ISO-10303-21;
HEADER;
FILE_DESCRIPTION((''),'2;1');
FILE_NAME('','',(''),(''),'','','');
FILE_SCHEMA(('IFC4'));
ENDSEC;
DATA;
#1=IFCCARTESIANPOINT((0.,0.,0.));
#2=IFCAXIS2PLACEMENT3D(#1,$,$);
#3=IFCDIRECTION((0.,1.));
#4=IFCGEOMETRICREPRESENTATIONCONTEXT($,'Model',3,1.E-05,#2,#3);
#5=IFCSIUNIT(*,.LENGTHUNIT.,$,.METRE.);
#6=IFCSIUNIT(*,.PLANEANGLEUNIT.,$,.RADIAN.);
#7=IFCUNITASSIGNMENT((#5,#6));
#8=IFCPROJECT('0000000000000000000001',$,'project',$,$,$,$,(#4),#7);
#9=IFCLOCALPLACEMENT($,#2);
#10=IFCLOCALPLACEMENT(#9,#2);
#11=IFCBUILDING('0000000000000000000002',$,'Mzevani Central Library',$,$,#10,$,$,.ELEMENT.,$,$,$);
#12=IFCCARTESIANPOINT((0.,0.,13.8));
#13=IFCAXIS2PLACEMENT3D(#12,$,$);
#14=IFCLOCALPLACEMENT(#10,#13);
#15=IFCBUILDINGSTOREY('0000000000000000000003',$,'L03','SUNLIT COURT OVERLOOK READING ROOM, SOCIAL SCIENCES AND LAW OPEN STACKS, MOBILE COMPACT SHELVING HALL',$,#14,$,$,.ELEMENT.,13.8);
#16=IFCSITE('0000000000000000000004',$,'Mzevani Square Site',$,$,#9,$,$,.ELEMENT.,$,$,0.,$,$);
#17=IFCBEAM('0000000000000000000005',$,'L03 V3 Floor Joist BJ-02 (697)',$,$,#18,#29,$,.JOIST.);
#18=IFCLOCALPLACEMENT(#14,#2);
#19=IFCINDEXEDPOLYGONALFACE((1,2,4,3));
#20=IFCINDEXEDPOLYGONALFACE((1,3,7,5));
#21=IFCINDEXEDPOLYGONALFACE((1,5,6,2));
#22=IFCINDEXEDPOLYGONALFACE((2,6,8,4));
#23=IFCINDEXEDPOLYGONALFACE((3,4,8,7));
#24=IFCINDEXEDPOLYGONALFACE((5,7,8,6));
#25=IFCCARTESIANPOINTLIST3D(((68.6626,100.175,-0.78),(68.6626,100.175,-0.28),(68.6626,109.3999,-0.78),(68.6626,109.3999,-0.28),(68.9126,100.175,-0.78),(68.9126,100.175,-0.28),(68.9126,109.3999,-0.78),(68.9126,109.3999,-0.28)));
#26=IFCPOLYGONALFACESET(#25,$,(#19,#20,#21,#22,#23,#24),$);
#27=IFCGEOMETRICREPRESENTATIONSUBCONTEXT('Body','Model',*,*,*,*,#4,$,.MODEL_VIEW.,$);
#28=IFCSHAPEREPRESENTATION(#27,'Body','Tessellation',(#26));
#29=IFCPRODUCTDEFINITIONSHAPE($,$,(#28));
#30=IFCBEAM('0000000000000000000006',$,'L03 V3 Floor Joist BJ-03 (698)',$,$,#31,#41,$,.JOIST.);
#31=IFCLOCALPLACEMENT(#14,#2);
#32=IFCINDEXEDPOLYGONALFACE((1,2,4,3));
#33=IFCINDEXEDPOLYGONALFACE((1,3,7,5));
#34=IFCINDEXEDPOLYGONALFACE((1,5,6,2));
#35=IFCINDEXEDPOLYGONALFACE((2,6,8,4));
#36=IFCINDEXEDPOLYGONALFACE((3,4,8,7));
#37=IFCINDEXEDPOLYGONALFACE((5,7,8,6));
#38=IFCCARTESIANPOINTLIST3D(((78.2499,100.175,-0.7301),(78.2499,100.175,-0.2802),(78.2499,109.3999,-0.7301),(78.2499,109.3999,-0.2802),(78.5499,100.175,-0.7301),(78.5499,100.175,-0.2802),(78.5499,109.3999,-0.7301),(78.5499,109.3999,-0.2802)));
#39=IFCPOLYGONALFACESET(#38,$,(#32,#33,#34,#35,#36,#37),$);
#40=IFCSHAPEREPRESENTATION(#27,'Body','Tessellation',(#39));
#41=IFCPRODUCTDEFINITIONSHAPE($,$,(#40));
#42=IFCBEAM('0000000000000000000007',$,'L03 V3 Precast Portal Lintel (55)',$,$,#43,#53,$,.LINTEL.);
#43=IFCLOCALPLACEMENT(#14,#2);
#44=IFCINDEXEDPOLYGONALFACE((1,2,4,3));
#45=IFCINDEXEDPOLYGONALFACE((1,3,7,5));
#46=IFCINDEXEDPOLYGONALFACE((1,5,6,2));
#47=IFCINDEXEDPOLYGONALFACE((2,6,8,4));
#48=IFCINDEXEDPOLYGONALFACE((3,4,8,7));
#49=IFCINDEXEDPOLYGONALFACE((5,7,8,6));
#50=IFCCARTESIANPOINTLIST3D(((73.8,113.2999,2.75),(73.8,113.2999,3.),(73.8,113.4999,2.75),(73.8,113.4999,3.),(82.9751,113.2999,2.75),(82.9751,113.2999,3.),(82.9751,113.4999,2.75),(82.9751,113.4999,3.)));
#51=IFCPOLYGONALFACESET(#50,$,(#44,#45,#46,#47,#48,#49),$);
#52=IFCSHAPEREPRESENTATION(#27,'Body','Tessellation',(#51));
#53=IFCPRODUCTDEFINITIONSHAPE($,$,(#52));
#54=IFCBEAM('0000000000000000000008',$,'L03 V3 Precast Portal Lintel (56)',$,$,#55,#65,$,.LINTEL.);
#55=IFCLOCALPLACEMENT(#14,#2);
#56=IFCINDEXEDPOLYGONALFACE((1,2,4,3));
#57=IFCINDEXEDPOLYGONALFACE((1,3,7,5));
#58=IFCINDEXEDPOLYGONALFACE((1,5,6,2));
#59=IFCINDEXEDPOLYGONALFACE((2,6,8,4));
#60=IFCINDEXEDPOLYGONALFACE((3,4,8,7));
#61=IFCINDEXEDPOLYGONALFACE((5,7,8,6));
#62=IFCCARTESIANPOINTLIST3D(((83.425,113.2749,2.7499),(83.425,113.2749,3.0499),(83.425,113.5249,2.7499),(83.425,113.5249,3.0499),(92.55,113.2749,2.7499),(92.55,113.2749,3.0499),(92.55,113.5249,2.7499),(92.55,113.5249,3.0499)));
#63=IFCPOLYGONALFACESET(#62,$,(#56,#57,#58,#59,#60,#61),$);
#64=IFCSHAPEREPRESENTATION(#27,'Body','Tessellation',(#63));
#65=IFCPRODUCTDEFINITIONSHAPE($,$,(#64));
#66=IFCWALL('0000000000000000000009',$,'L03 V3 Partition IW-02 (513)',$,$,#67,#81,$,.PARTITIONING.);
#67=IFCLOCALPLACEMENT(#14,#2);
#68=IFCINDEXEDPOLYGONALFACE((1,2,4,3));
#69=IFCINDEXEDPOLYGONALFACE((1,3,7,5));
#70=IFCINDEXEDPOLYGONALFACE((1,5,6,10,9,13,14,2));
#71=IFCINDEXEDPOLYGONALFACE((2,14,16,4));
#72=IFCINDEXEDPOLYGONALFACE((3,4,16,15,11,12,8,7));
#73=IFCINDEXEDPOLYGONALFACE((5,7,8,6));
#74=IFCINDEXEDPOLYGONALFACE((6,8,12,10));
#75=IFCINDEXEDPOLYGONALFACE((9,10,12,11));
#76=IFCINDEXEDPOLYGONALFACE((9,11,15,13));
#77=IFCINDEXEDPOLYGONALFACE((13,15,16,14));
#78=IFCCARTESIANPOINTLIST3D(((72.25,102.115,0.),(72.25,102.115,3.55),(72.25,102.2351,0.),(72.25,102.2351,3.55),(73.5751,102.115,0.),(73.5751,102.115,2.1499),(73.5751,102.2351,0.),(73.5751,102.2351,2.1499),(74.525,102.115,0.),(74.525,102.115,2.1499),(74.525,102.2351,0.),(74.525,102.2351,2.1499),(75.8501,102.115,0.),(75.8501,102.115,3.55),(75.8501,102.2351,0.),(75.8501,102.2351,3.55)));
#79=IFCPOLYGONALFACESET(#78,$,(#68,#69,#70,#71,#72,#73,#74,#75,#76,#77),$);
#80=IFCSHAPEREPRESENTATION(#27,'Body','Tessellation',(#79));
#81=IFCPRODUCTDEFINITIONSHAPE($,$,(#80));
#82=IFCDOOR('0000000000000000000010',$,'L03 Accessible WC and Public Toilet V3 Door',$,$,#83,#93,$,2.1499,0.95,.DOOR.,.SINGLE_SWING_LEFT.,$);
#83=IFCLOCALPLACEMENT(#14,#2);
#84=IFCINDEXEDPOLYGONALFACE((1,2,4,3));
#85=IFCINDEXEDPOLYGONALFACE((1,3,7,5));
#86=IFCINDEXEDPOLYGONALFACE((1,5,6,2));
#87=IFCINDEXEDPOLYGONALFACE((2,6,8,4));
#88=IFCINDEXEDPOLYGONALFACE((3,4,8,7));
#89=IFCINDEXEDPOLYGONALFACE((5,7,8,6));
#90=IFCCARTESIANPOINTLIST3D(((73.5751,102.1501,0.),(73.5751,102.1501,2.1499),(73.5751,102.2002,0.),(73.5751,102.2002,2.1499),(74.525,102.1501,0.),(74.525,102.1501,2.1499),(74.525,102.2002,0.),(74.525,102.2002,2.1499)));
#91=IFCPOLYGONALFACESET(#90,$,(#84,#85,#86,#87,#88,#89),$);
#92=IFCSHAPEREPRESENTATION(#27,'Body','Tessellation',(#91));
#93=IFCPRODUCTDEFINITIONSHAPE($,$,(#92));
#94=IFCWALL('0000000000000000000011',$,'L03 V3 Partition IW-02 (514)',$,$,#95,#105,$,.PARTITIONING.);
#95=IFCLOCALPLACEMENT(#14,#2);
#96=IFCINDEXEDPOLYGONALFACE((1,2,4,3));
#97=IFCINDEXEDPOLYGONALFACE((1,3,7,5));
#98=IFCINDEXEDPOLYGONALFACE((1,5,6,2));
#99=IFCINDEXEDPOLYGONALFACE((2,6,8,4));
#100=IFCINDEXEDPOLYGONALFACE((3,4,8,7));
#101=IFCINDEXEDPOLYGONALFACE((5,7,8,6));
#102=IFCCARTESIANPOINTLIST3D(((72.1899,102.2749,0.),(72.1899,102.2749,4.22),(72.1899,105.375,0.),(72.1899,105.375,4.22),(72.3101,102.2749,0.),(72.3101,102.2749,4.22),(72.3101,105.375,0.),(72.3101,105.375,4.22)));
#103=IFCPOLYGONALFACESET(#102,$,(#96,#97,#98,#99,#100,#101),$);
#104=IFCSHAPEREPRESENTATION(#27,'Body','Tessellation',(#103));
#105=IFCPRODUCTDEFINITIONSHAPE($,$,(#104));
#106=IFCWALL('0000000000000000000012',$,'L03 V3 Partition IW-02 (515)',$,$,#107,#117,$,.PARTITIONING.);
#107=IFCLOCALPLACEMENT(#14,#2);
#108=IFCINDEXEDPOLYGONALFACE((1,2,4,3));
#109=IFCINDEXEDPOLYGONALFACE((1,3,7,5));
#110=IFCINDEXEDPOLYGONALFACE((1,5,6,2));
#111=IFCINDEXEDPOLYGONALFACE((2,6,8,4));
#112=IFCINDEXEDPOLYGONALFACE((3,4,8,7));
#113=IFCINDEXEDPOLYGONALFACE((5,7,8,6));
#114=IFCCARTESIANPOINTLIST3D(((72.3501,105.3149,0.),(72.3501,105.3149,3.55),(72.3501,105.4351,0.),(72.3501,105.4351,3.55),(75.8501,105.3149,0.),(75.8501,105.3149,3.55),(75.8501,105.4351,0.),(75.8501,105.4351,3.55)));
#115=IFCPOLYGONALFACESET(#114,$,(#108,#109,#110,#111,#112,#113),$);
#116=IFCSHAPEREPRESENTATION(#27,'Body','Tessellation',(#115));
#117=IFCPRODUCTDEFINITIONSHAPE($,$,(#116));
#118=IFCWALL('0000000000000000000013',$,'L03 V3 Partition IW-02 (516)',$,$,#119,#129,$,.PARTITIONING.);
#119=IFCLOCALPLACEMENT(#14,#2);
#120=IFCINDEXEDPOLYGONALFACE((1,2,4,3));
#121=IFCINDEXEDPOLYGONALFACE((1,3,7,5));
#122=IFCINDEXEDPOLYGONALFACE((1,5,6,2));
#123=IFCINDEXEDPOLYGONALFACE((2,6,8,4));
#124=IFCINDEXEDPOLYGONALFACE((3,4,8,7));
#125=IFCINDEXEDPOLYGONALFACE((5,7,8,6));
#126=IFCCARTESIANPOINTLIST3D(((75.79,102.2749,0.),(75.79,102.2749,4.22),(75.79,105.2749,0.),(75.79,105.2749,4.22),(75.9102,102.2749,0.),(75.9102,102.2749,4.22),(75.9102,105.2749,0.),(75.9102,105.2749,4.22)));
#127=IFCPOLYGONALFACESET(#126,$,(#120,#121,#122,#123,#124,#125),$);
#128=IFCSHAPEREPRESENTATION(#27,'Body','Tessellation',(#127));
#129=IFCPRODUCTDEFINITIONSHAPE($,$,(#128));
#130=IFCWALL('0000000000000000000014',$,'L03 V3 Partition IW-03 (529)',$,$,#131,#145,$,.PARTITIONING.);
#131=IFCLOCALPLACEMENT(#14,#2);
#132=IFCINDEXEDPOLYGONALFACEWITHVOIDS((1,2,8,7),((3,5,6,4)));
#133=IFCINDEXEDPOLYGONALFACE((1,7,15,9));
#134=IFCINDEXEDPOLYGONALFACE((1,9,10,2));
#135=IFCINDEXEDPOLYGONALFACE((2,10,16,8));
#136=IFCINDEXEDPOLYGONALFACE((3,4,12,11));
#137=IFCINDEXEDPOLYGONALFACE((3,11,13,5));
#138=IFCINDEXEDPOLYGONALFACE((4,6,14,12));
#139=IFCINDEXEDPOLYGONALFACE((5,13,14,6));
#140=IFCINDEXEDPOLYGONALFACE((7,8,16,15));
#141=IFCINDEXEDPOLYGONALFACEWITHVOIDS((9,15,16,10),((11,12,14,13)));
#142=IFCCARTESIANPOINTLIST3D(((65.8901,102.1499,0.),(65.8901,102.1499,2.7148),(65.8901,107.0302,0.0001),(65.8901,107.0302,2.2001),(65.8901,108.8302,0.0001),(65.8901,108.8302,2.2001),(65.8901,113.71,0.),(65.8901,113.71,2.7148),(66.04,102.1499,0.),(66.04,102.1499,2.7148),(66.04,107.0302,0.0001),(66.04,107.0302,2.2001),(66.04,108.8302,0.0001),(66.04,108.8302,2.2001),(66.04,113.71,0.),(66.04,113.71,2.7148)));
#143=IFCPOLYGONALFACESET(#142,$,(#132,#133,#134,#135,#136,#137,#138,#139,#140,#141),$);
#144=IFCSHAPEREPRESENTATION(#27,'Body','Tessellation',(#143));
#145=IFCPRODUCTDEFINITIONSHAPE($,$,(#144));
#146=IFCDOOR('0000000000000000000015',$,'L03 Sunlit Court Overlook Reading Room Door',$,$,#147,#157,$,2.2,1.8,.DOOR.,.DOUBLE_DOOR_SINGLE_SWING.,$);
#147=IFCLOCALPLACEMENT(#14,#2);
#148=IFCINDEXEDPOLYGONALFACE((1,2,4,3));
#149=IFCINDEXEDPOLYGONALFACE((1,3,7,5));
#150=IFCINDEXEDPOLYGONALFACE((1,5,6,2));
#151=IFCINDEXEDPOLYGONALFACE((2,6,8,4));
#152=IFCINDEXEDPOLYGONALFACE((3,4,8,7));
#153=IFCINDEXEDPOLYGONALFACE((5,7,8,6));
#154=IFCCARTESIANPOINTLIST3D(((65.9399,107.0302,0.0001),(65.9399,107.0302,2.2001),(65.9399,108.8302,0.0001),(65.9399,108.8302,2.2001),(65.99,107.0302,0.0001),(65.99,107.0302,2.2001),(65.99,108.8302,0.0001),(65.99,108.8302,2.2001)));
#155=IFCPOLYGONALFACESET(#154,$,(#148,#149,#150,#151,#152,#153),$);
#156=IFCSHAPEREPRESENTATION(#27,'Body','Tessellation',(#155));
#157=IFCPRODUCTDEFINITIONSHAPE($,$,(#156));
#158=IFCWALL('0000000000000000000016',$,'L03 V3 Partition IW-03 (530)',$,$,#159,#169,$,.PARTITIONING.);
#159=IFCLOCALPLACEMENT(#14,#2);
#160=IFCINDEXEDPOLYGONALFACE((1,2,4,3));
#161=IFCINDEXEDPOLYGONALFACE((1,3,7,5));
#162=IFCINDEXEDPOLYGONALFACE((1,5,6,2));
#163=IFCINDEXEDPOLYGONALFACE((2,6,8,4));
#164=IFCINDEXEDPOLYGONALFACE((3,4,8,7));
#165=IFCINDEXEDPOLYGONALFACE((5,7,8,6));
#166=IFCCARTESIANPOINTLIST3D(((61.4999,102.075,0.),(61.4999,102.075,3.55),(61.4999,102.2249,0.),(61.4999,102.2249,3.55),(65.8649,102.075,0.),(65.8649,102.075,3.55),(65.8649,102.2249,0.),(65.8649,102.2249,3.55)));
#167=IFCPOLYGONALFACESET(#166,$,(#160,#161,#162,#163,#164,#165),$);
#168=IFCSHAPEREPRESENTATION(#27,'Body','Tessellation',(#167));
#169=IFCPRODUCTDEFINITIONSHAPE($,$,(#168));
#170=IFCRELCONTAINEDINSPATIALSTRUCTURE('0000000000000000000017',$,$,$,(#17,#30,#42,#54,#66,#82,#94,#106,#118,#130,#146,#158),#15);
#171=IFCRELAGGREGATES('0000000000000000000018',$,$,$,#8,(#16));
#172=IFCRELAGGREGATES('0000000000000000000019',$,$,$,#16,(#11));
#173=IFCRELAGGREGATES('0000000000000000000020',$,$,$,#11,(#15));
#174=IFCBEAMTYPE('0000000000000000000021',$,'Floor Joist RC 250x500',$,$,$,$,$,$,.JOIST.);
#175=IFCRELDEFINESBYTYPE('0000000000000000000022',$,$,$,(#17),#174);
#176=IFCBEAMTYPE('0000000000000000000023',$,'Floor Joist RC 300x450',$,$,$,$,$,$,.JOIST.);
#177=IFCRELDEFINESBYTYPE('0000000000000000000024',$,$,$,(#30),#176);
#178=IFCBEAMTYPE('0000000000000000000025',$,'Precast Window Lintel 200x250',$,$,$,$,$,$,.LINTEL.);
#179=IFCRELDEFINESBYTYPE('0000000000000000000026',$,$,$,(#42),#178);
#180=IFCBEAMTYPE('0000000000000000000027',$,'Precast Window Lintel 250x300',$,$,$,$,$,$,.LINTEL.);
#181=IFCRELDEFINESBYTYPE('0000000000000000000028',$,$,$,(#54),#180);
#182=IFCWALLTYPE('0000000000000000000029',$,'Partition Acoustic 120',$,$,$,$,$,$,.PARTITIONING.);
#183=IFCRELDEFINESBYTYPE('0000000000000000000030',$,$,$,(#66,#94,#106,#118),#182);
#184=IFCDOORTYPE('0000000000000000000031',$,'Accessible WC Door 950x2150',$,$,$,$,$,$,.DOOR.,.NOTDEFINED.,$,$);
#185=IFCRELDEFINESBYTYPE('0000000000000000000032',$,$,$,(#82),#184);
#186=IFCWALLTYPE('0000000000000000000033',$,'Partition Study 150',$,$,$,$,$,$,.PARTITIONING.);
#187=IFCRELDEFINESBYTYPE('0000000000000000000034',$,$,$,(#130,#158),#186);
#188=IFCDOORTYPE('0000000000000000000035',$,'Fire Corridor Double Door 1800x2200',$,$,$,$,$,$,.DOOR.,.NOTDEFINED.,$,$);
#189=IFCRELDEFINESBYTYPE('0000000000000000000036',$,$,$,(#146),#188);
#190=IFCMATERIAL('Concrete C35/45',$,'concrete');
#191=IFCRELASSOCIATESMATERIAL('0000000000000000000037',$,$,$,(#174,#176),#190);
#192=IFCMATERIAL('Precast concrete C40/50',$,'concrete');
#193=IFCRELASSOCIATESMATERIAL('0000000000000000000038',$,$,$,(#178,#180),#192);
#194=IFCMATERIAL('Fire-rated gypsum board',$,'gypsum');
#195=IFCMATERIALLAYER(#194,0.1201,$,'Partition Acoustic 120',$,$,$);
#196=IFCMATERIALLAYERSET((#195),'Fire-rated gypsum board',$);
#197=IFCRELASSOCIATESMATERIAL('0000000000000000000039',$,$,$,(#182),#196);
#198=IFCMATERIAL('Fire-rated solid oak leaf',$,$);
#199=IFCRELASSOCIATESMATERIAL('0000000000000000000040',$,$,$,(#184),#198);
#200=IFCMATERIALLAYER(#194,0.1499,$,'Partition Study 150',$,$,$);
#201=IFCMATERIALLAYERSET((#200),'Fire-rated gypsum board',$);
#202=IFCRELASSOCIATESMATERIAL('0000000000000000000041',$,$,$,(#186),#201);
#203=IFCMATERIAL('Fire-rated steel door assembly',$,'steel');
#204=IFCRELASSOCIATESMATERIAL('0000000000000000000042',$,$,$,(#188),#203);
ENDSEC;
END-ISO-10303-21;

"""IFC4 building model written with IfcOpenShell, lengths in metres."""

from ifc_helpers import new_model, si_unit, direction, frame, frame_2d, origin, origin_2d, place, context, subcontext, project, spatial, rectangle, extrude, material, layer, layer_set, material_profile, profile_set, type_object, element, fill, save


model = new_model("IFC4")

# Units and contexts
model_context = context("Model", 3, precision=1e-05, world=origin(), true_north=direction((0.0, 1.0)))
body_context = subcontext(model_context, "Body", "Model", "MODEL_VIEW")
ifc_project = project(units=[si_unit("LENGTHUNIT", "METRE"), si_unit("PLANEANGLEUNIT", "RADIAN")], contexts=[model_context])

# Site, building, storey
site_placement = place(None, origin())
site = spatial("IfcSite", under=ifc_project, at=site_placement, Name="Mzevani Square Site", CompositionType="ELEMENT", RefElevation=0.0)
building_placement = place(site_placement, origin())
building = spatial("IfcBuilding", under=site, at=building_placement, Name="Mzevani Central Library", CompositionType="ELEMENT")
storey_placement = place(building_placement, frame((0.0, 0.0, 13.8)))
storey = spatial("IfcBuildingStorey", under=building, at=storey_placement, Name="L03", Description="SUNLIT COURT OVERLOOK READING ROOM, SOCIAL SCIENCES AND LAW OPEN STACKS, MOBILE COMPACT SHELVING HALL", CompositionType="ELEMENT", Elevation=13.8)

# Beams
ifc_material_1 = material(Name="Concrete C35/45", Category="concrete")
ifc_material_profile_1 = material_profile(ifc_material_1, rectangle(XDim=0.25, YDim=0.5, at=origin_2d()), Name="RC J250x500")
ifc_profile_set_1 = profile_set([ifc_material_profile_1], Name="Concrete C35/45")
beam_type_1 = type_object("IfcBeamType", Name="Floor Joist RC 250x500", PredefinedType="JOIST", material=ifc_profile_set_1)
beam_1_placement = place(storey_placement, frame((68.7876, 100.175, -0.53), z_axis=(0.0, 1.0, 0.0), x_axis=(-1.0, 0.0, 0.0)))
element("IfcBeam", 1, at=beam_1_placement, inside=storey, type_object=beam_type_1, Name="L03 V3 Floor Joist BJ-02 (697)", PredefinedType="JOIST", context=body_context, shape_type="SweptSolid", body=[
    extrude(rectangle(XDim=0.25, YDim=0.5, at=origin_2d()), origin(), (0.0, 0.0, 1.0), 9.2249),
])
ifc_material_profile_2 = material_profile(ifc_material_1, rectangle(XDim=0.3, YDim=0.45, at=origin_2d()), Name="RC J300x450")
ifc_profile_set_2 = profile_set([ifc_material_profile_2], Name="Concrete C35/45")
beam_type_2 = type_object("IfcBeamType", Name="Floor Joist RC 300x450", PredefinedType="JOIST", material=ifc_profile_set_2)
beam_2_placement = place(storey_placement, frame((78.3999, 100.175, -0.5051), z_axis=(0.0, 1.0, 0.0), x_axis=(-1.0, 0.0, 0.0)))
element("IfcBeam", 2, at=beam_2_placement, inside=storey, type_object=beam_type_2, Name="L03 V3 Floor Joist BJ-03 (698)", PredefinedType="JOIST", context=body_context, shape_type="SweptSolid", body=[
    extrude(rectangle(XDim=0.3, YDim=0.45, at=origin_2d()), origin(), (0.0, 0.0, 1.0), 9.2249),
])
ifc_material_2 = material(Name="Precast concrete C40/50", Category="concrete")
ifc_material_profile_3 = material_profile(ifc_material_2, rectangle(XDim=0.2, YDim=0.25, at=origin_2d()), Name="PC LN200x250")
ifc_profile_set_3 = profile_set([ifc_material_profile_3], Name="Precast concrete C40/50")
beam_type_3 = type_object("IfcBeamType", Name="Precast Window Lintel 200x250", PredefinedType="LINTEL", material=ifc_profile_set_3)
beam_3_placement = place(storey_placement, frame((73.8, 113.3999, 2.875), z_axis=(1.0, 0.0, 0.0), x_axis=(0.0, 1.0, 0.0)))
element("IfcBeam", 3, at=beam_3_placement, inside=storey, type_object=beam_type_3, Name="L03 V3 Precast Portal Lintel (55)", PredefinedType="LINTEL", context=body_context, shape_type="SweptSolid", body=[
    extrude(rectangle(XDim=0.2, YDim=0.25, at=origin_2d()), origin(), (0.0, 0.0, 1.0), 9.175),
])
ifc_material_profile_4 = material_profile(ifc_material_2, rectangle(XDim=0.25, YDim=0.3, at=origin_2d()), Name="PC LN250x300")
ifc_profile_set_4 = profile_set([ifc_material_profile_4], Name="Precast concrete C40/50")
beam_type_4 = type_object("IfcBeamType", Name="Precast Window Lintel 250x300", PredefinedType="LINTEL", material=ifc_profile_set_4)
beam_4_placement = place(storey_placement, frame((83.425, 113.3999, 2.8999), z_axis=(1.0, 0.0, 0.0), x_axis=(0.0, 1.0, 0.0)))
element("IfcBeam", 4, at=beam_4_placement, inside=storey, type_object=beam_type_4, Name="L03 V3 Precast Portal Lintel (56)", PredefinedType="LINTEL", context=body_context, shape_type="SweptSolid", body=[
    extrude(rectangle(XDim=0.25, YDim=0.3, at=origin_2d()), origin(), (0.0, 0.0, 1.0), 9.125),
])

# Wall, opening, door
ifc_material_3 = material(Name="Fire-rated gypsum board", Category="gypsum")
ifc_layer_1 = layer(ifc_material_3, 0.1201, Name="Partition Acoustic 120")
ifc_layer_set_1 = layer_set([ifc_layer_1], Name="Fire-rated gypsum board")
wall_type_1 = type_object("IfcWallType", Name="Partition Acoustic 120", PredefinedType="PARTITIONING", material=ifc_layer_set_1)
wall_1_placement = place(storey_placement, frame((75.8501, 102.175, 0.0), z_axis=(0.0, 0.0, 1.0), x_axis=(-1.0, 0.0, 0.0)))
wall_1 = element("IfcWall", 5, at=wall_1_placement, inside=storey, type_object=wall_type_1, Name="L03 V3 Partition IW-02 (513)", PredefinedType="PARTITIONING", context=body_context, shape_type="SweptSolid", body=[
    extrude(rectangle(XDim=3.6001, YDim=0.1201, at=frame_2d((1.8, 0.0))), origin(), (0.0, 0.0, 1.0), 3.55),
])
opening_1_placement = place(wall_1_placement, frame((1.325, 0.0, 0.0)))
opening_1 = element("IfcOpeningElement", 6, at=opening_1_placement, cuts=wall_1, PredefinedType="OPENING", context=body_context, shape_type="SweptSolid", body=[
    extrude(rectangle(XDim=0.95, YDim=2.1499, at=frame_2d((0.4751, 1.075))), frame((0.0, 0.0701, 0.0), z_axis=(0.0, -1.0, 0.0), x_axis=(1.0, 0.0, 0.0)), (0.0, 0.0, 1.0), 0.1401),
])
ifc_material_4 = material(Name="Fire-rated solid oak leaf")
door_type_1 = type_object("IfcDoorType", Name="Accessible WC Door 950x2150", OperationType="NOTDEFINED", PredefinedType="DOOR", material=ifc_material_4)
door_1_placement = place(opening_1_placement, origin())
door_1 = element("IfcDoor", 7, at=door_1_placement, inside=storey, type_object=door_type_1, Name="L03 Accessible WC and Public Toilet V3 Door", OperationType="SINGLE_SWING_LEFT", OverallHeight=2.1499, OverallWidth=0.95, PredefinedType="DOOR", context=body_context, shape_type="SweptSolid", body=[
    extrude(rectangle(XDim=0.95, YDim=2.1499, at=frame_2d((0.4751, 1.075))), frame((0.0, 0.0249, 0.0), z_axis=(0.0, -1.0, 0.0), x_axis=(1.0, 0.0, 0.0)), (0.0, 0.0, 1.0), 0.05),
])
fill(opening_1, door_1)

# Walls
wall_2_placement = place(storey_placement, frame((72.25, 102.2749, 0.0), z_axis=(0.0, 0.0, 1.0), x_axis=(0.0, 1.0, 0.0)))
element("IfcWall", 8, at=wall_2_placement, inside=storey, type_object=wall_type_1, Name="L03 V3 Partition IW-02 (514)", PredefinedType="PARTITIONING", context=body_context, shape_type="SweptSolid", body=[
    extrude(rectangle(XDim=3.1001, YDim=0.1201, at=frame_2d((1.55, 0.0))), origin(), (0.0, 0.0, 1.0), 4.22),
])
wall_3_placement = place(storey_placement, frame((72.3501, 105.375, 0.0), z_axis=(0.0, 0.0, 1.0), x_axis=(1.0, 0.0, 0.0)))
element("IfcWall", 9, at=wall_3_placement, inside=storey, type_object=wall_type_1, Name="L03 V3 Partition IW-02 (515)", PredefinedType="PARTITIONING", context=body_context, shape_type="SweptSolid", body=[
    extrude(rectangle(XDim=3.5, YDim=0.1201, at=frame_2d((1.75, 0.0))), origin(), (0.0, 0.0, 1.0), 3.55),
])
wall_4_placement = place(storey_placement, frame((75.8501, 105.2749, 0.0), z_axis=(0.0, 0.0, 1.0), x_axis=(0.0, -1.0, 0.0)))
element("IfcWall", 10, at=wall_4_placement, inside=storey, type_object=wall_type_1, Name="L03 V3 Partition IW-02 (516)", PredefinedType="PARTITIONING", context=body_context, shape_type="SweptSolid", body=[
    extrude(rectangle(XDim=3.0, YDim=0.1201, at=frame_2d((1.5, 0.0))), origin(), (0.0, 0.0, 1.0), 4.22),
])

# Wall, opening, door
ifc_layer_2 = layer(ifc_material_3, 0.1499, Name="Partition Study 150")
ifc_layer_set_2 = layer_set([ifc_layer_2], Name="Fire-rated gypsum board")
wall_type_2 = type_object("IfcWallType", Name="Partition Study 150", PredefinedType="PARTITIONING", material=ifc_layer_set_2)
wall_5_placement = place(storey_placement, frame((65.9651, 113.71, 0.0), z_axis=(0.0, 0.0, 1.0), x_axis=(0.0, -1.0, 0.0)))
wall_5 = element("IfcWall", 11, at=wall_5_placement, inside=storey, type_object=wall_type_2, Name="L03 V3 Partition IW-03 (529)", PredefinedType="PARTITIONING", context=body_context, shape_type="SweptSolid", body=[
    extrude(rectangle(XDim=11.5601, YDim=0.1499, at=frame_2d((5.78, 0.0))), origin(), (0.0, 0.0, 1.0), 2.7148),
])
opening_2_placement = place(wall_5_placement, frame((4.8799, 0.0, 0.0)))
opening_2 = element("IfcOpeningElement", 12, at=opening_2_placement, cuts=wall_5, PredefinedType="OPENING", context=body_context, shape_type="SweptSolid", body=[
    extrude(rectangle(XDim=1.8, YDim=2.2, at=frame_2d((0.8999, 1.1001))), frame((0.0, 0.085, 0.0), z_axis=(0.0, -1.0, 0.0), x_axis=(1.0, 0.0, 0.0)), (0.0, 0.0, 1.0), 0.1699),
])
ifc_material_5 = material(Name="Fire-rated steel door assembly", Category="steel")
door_type_2 = type_object("IfcDoorType", Name="Fire Corridor Double Door 1800x2200", OperationType="NOTDEFINED", PredefinedType="DOOR", material=ifc_material_5)
door_2_placement = place(opening_2_placement, origin())
door_2 = element("IfcDoor", 13, at=door_2_placement, inside=storey, type_object=door_type_2, Name="L03 Sunlit Court Overlook Reading Room Door", OperationType="DOUBLE_DOOR_SINGLE_SWING", OverallHeight=2.2, OverallWidth=1.8, PredefinedType="DOOR", context=body_context, shape_type="SweptSolid", body=[
    extrude(rectangle(XDim=1.8, YDim=2.2, at=frame_2d((0.8999, 1.1001))), frame((0.0, 0.0249, 0.0), z_axis=(0.0, -1.0, 0.0), x_axis=(1.0, 0.0, 0.0)), (0.0, 0.0, 1.0), 0.05),
])
fill(opening_2, door_2)

# Wall
wall_6_placement = place(storey_placement, frame((65.865, 102.1499, 0.0), z_axis=(0.0, 0.0, 1.0), x_axis=(-1.0, 0.0, 0.0)))
element("IfcWall", 14, at=wall_6_placement, inside=storey, type_object=wall_type_2, Name="L03 V3 Partition IW-03 (530)", PredefinedType="PARTITIONING", context=body_context, shape_type="SweptSolid", body=[
    extrude(rectangle(XDim=4.365, YDim=0.1499, at=frame_2d((2.1826, 0.0))), origin(), (0.0, 0.0, 1.0), 3.55),
])

save(model, "model.ifc")
